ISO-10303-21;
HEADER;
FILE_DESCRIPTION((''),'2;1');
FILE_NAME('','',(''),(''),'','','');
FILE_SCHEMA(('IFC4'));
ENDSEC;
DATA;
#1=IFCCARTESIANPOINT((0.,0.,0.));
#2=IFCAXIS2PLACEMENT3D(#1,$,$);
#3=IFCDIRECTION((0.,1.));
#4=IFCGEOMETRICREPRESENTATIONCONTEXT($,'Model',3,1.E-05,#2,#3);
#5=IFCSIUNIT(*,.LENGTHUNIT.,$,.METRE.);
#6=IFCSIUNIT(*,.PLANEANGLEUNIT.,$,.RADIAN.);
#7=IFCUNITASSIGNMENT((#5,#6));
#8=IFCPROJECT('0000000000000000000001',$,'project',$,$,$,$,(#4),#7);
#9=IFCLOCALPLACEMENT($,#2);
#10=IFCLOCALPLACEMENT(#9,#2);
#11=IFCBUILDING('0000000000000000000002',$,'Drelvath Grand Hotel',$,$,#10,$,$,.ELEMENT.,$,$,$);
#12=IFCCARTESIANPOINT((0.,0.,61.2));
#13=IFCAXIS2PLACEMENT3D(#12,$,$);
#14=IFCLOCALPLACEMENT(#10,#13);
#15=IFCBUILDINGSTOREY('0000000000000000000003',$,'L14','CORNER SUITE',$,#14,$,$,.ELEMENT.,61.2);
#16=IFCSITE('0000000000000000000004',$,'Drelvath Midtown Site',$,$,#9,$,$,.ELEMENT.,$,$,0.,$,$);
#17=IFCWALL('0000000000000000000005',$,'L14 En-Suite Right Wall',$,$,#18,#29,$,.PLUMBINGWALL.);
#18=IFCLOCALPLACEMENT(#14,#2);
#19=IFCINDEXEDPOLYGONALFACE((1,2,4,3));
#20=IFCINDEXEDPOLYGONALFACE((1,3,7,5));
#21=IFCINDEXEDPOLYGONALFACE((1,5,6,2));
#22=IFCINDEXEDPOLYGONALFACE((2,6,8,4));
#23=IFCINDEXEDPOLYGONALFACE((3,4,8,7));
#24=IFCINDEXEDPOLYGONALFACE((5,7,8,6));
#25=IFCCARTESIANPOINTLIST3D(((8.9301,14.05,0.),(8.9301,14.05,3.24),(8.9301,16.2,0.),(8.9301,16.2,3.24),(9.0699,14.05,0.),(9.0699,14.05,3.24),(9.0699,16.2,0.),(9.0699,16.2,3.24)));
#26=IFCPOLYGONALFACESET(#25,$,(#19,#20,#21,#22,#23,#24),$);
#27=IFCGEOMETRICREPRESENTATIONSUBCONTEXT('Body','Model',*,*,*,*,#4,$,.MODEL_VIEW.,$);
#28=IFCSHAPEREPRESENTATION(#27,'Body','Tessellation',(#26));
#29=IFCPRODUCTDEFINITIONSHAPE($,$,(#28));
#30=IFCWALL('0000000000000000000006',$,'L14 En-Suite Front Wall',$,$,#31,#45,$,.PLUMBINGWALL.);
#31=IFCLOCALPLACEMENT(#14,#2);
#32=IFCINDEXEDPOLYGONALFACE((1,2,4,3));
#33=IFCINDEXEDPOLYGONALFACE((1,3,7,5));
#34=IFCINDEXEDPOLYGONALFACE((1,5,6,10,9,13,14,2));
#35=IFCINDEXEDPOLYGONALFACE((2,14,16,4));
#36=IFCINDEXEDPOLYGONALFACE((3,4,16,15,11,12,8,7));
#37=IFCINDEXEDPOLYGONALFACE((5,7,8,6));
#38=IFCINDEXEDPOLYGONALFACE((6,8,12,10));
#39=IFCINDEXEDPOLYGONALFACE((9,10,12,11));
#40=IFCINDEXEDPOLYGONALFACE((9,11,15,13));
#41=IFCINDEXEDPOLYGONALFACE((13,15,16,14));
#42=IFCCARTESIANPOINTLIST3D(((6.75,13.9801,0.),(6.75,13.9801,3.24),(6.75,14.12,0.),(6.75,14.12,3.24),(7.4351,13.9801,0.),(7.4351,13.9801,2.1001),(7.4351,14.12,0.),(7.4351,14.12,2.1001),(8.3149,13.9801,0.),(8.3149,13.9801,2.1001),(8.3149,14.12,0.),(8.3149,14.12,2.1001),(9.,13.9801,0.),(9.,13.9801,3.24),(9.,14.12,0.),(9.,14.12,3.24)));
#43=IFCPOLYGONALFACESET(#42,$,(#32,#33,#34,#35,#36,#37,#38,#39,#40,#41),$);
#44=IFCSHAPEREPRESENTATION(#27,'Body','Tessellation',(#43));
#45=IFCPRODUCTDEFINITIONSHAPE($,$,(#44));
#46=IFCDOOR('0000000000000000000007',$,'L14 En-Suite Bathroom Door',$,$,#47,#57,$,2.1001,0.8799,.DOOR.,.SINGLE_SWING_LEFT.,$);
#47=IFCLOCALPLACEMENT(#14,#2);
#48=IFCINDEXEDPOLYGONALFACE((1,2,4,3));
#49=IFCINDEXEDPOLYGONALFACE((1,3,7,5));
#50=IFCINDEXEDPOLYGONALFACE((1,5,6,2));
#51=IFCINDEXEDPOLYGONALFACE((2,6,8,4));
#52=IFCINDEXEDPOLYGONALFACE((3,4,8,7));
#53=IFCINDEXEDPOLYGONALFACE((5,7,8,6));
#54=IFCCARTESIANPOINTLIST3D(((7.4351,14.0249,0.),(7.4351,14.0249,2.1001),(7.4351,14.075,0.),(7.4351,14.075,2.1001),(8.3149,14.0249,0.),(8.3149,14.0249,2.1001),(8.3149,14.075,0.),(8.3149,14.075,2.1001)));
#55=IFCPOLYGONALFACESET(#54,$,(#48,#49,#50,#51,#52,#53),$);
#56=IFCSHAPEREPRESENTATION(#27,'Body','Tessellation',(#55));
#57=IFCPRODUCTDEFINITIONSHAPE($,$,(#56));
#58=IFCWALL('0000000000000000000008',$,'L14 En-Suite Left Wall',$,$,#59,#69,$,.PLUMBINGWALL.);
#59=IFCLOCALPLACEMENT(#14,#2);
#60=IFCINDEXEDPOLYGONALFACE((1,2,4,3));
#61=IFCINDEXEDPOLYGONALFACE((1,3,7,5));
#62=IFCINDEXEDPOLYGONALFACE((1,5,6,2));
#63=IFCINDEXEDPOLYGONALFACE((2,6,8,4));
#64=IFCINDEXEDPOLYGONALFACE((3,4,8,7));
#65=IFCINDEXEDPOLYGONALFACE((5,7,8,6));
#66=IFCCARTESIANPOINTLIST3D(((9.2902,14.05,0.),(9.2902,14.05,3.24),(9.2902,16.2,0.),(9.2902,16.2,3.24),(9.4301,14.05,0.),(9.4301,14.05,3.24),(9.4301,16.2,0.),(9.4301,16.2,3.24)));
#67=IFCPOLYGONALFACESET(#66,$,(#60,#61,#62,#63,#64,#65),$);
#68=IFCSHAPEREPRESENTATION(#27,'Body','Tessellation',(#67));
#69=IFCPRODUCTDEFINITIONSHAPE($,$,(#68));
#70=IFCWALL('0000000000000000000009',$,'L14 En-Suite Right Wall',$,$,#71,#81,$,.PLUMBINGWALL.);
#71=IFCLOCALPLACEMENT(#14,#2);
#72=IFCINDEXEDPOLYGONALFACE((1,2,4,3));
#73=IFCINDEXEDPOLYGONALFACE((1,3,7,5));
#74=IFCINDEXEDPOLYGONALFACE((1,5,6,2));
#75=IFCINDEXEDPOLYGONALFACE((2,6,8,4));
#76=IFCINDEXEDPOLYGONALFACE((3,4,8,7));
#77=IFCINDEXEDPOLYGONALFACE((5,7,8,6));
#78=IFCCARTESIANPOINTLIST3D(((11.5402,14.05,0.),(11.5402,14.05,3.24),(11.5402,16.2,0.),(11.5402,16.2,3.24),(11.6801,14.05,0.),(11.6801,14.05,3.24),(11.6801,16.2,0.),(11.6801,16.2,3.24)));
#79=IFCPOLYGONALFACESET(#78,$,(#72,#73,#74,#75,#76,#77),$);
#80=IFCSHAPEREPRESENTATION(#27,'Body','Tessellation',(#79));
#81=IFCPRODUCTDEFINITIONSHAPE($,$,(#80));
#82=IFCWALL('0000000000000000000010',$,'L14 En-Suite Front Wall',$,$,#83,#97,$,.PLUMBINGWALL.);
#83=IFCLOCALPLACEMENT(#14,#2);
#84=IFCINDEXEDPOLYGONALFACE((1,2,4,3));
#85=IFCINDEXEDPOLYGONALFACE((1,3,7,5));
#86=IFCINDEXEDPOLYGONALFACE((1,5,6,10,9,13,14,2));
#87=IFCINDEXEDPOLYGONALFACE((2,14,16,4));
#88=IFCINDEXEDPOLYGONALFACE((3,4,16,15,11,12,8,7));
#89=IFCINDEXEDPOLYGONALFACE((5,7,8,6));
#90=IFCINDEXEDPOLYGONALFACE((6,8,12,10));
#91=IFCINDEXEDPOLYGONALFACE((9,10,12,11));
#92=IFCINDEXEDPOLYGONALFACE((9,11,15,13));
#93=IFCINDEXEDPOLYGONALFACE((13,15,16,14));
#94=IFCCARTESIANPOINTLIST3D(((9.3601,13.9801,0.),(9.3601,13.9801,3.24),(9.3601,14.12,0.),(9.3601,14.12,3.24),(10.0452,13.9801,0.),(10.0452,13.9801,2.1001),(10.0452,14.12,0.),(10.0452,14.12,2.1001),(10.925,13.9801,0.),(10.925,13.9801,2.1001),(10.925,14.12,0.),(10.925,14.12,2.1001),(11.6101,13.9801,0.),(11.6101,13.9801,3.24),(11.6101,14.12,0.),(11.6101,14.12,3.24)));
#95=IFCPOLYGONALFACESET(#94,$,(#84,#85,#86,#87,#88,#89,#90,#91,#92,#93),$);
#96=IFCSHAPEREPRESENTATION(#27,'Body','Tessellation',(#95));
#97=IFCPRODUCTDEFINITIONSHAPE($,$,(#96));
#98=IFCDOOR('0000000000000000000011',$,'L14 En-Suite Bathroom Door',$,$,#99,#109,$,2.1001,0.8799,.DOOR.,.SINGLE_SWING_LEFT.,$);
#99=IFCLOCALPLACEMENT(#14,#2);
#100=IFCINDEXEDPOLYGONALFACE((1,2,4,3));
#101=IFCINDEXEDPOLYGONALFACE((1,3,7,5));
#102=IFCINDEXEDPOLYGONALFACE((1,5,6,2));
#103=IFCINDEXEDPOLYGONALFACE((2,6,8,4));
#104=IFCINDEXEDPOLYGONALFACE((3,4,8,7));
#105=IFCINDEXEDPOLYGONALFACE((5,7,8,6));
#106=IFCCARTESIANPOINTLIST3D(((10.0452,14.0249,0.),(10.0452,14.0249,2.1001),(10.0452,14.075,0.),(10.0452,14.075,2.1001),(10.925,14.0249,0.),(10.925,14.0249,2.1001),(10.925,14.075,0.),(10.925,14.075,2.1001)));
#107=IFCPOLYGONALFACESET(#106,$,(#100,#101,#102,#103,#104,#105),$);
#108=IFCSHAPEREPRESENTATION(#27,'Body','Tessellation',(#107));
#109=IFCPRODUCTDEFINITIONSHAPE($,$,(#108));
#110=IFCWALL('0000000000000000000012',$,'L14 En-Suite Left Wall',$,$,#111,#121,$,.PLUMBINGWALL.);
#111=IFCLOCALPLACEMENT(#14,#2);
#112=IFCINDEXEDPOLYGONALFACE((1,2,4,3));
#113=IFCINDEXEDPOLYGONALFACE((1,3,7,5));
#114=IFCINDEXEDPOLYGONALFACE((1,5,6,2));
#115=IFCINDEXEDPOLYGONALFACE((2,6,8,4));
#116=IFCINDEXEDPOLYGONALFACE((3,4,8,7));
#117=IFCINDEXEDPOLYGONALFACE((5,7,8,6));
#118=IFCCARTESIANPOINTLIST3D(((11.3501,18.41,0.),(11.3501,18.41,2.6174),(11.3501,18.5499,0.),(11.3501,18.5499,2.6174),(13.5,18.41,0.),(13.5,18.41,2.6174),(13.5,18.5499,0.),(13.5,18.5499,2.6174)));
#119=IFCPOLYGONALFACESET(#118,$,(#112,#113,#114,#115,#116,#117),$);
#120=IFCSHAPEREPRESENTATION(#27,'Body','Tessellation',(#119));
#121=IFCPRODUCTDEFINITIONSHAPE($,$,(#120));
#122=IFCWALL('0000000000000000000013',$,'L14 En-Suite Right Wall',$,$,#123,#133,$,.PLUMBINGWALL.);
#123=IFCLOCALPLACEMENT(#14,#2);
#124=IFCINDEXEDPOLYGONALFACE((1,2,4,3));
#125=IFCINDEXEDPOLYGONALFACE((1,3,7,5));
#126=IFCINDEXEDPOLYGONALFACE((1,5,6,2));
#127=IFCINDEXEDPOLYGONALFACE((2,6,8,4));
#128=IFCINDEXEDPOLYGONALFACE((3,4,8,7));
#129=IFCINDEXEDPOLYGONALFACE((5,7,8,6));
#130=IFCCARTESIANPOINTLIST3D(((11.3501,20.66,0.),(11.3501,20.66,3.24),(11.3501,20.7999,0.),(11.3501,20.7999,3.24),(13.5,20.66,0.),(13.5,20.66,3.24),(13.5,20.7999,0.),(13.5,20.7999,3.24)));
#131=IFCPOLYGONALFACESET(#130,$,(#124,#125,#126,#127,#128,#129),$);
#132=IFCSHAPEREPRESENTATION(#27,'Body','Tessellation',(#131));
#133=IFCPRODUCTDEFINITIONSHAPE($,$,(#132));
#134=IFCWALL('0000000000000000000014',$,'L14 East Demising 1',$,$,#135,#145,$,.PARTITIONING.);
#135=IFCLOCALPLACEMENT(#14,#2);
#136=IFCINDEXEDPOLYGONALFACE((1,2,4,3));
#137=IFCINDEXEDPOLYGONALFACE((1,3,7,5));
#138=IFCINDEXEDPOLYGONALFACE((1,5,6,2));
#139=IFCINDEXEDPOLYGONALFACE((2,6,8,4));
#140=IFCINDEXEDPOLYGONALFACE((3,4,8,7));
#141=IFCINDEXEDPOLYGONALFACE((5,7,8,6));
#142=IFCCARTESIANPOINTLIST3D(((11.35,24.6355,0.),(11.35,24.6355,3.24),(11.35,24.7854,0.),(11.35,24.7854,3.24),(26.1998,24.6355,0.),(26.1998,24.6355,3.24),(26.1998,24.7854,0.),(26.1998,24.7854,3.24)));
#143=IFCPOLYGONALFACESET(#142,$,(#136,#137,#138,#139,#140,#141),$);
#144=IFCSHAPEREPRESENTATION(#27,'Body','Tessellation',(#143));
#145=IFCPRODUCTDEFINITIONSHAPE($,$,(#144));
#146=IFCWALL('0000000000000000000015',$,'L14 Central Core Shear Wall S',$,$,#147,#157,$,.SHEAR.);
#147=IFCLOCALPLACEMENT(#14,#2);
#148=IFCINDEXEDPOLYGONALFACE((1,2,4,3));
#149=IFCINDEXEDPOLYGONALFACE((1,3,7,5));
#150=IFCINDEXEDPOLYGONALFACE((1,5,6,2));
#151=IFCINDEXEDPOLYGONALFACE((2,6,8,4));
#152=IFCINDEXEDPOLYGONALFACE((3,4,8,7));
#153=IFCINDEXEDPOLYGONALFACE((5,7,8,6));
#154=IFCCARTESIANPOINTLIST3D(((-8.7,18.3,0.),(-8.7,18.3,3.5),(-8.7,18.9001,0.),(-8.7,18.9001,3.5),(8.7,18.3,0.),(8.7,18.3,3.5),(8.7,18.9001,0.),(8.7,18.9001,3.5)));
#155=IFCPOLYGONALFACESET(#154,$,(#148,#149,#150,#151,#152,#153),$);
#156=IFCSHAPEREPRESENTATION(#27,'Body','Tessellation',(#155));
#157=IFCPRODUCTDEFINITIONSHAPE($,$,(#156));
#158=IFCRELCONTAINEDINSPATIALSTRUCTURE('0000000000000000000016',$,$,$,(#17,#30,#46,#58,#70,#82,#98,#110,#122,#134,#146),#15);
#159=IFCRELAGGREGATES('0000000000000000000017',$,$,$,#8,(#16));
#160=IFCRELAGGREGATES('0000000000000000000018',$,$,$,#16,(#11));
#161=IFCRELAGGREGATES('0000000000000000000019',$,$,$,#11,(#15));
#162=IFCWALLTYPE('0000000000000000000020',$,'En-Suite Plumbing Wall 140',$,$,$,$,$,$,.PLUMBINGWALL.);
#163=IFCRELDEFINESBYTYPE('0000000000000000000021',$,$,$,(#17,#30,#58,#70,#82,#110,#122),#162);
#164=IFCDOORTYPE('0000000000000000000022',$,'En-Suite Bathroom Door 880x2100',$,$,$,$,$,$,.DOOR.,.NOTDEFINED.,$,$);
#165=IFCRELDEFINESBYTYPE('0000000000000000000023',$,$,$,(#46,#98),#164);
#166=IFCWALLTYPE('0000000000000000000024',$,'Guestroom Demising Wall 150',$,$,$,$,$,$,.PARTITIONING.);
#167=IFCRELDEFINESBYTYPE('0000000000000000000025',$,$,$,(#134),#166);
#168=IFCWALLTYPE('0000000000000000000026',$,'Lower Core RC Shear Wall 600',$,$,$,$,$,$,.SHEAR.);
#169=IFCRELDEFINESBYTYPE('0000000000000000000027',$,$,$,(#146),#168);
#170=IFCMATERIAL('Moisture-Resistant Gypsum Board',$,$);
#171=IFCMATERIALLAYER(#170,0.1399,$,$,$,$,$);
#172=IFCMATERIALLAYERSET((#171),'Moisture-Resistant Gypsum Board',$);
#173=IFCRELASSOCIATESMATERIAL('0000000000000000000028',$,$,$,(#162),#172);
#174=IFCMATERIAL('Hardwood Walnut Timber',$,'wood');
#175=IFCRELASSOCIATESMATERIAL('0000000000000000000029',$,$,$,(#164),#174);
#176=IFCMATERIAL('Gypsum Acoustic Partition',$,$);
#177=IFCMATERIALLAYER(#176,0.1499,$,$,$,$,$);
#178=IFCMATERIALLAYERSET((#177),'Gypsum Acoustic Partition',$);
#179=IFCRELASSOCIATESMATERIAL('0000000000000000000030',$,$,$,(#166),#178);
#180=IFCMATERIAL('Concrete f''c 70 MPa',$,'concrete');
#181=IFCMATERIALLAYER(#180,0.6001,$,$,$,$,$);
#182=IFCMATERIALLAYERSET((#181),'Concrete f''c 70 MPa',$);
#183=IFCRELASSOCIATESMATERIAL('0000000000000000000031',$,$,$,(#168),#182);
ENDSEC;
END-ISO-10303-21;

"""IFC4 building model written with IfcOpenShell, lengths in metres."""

from ifc_helpers import new_model, si_unit, direction, frame, frame_2d, origin, place, context, subcontext, project, spatial, rectangle, extrude, material, layer, layer_set, type_object, element, fill, save


model = new_model("IFC4")

# Units and contexts
model_context = context("Model", 3, precision=1e-05, world=origin(), true_north=direction((0.0, 1.0)))
body_context = subcontext(model_context, "Body", "Model", "MODEL_VIEW")
ifc_project = project(units=[si_unit("LENGTHUNIT", "METRE"), si_unit("PLANEANGLEUNIT", "RADIAN")], contexts=[model_context])

# Site, building, storey
site_placement = place(None, origin())
site = spatial("IfcSite", under=ifc_project, at=site_placement, Name="Drelvath Midtown Site", CompositionType="ELEMENT", RefElevation=0.0)
building_placement = place(site_placement, origin())
building = spatial("IfcBuilding", under=site, at=building_placement, Name="Drelvath Grand Hotel", CompositionType="ELEMENT")
storey_placement = place(building_placement, frame((0.0, 0.0, 61.2)))
storey = spatial("IfcBuildingStorey", under=building, at=storey_placement, Name="L14", Description="CORNER SUITE", CompositionType="ELEMENT", Elevation=61.2)

# Shared definitions
ifc_material_1 = material(Name="Concrete f'c 70 MPa", Category="concrete")

# Shared definitions
ifc_material_2 = material(Name="Hardwood Walnut Timber", Category="wood")

# Wall
ifc_material_3 = material(Name="Moisture-Resistant Gypsum Board")
ifc_layer_1 = layer(ifc_material_3, 0.1399)
ifc_layer_set_1 = layer_set([ifc_layer_1], Name="Moisture-Resistant Gypsum Board")
wall_type_1 = type_object("IfcWallType", Name="En-Suite Plumbing Wall 140", PredefinedType="PLUMBINGWALL", material=ifc_layer_set_1)
for number, where, z_axis, x_axis, name in (
    (1, (9.0, 16.2, 0.0), (0.0, 0.0, 1.0), (0.0, -1.0, 0.0), "L14 En-Suite Right Wall"),
):
    element("IfcWall", number, at=place(storey_placement, frame(where, z_axis=z_axis, x_axis=x_axis)), inside=storey, type_object=wall_type_1, Name=name, PredefinedType="PLUMBINGWALL", context=body_context, shape_type="SweptSolid", body=[
        extrude(rectangle(XDim=2.1499, YDim=0.1399, at=frame_2d((1.075, 0.0))), origin(), (0.0, 0.0, 1.0), 3.24),
    ])

# Wall, opening, door
wall_1_placement = place(storey_placement, frame((6.75, 14.05, 0.0), z_axis=(0.0, 0.0, 1.0), x_axis=(1.0, 0.0, 0.0)))
wall_1 = element("IfcWall", 2, at=wall_1_placement, inside=storey, type_object=wall_type_1, Name="L14 En-Suite Front Wall", PredefinedType="PLUMBINGWALL", context=body_context, shape_type="SweptSolid", body=[
    extrude(rectangle(XDim=2.25, YDim=0.1399, at=frame_2d((1.125, 0.0))), origin(), (0.0, 0.0, 1.0), 3.24),
])
opening_1_placement = place(wall_1_placement, frame((0.6851, 0.0, 0.0)))
opening_1 = element("IfcOpeningElement", 3, at=opening_1_placement, cuts=wall_1, PredefinedType="OPENING", context=body_context, shape_type="SweptSolid", body=[
    extrude(rectangle(XDim=0.8799, YDim=2.1001, at=frame_2d((0.4399, 1.05))), frame((0.0, 0.0798, 0.0), z_axis=(0.0, -1.0, 0.0), x_axis=(1.0, 0.0, 0.0)), (0.0, 0.0, 1.0), 0.1599),
])
door_type_1 = type_object("IfcDoorType", Name="En-Suite Bathroom Door 880x2100", OperationType="NOTDEFINED", PredefinedType="DOOR", material=ifc_material_2)
door_1_placement = place(opening_1_placement, origin())
door_1 = element("IfcDoor", 4, at=door_1_placement, inside=storey, type_object=door_type_1, Name="L14 En-Suite Bathroom Door", OperationType="SINGLE_SWING_LEFT", OverallHeight=2.1001, OverallWidth=0.8799, PredefinedType="DOOR", context=body_context, shape_type="SweptSolid", body=[
    extrude(rectangle(XDim=0.8799, YDim=2.1001, at=frame_2d((0.4399, 1.05))), frame((0.0, 0.0249, 0.0), z_axis=(0.0, -1.0, 0.0), x_axis=(1.0, 0.0, 0.0)), (0.0, 0.0, 1.0), 0.05),
])
fill(opening_1, door_1)

# Walls
for number, where, z_axis, x_axis, name in (
    (5, (9.3601, 16.2, 0.0), (0.0, 0.0, 1.0), (0.0, -1.0, 0.0), "L14 En-Suite Left Wall"),
    (6, (11.6101, 16.2, 0.0), (0.0, 0.0, 1.0), (0.0, -1.0, 0.0), "L14 En-Suite Right Wall"),
):
    element("IfcWall", number, at=place(storey_placement, frame(where, z_axis=z_axis, x_axis=x_axis)), inside=storey, type_object=wall_type_1, Name=name, PredefinedType="PLUMBINGWALL", context=body_context, shape_type="SweptSolid", body=[
        extrude(rectangle(XDim=2.1499, YDim=0.1399, at=frame_2d((1.075, 0.0))), origin(), (0.0, 0.0, 1.0), 3.24),
    ])

# Wall, opening, door
wall_2_placement = place(storey_placement, frame((9.3601, 14.05, 0.0), z_axis=(0.0, 0.0, 1.0), x_axis=(1.0, 0.0, 0.0)))
wall_2 = element("IfcWall", 7, at=wall_2_placement, inside=storey, type_object=wall_type_1, Name="L14 En-Suite Front Wall", PredefinedType="PLUMBINGWALL", context=body_context, shape_type="SweptSolid", body=[
    extrude(rectangle(XDim=2.25, YDim=0.1399, at=frame_2d((1.125, 0.0))), origin(), (0.0, 0.0, 1.0), 3.24),
])
opening_2_placement = place(wall_2_placement, frame((0.6851, 0.0, 0.0)))
opening_2 = element("IfcOpeningElement", 8, at=opening_2_placement, cuts=wall_2, PredefinedType="OPENING", context=body_context, shape_type="SweptSolid", body=[
    extrude(rectangle(XDim=0.8799, YDim=2.1001, at=frame_2d((0.4399, 1.05))), frame((0.0, 0.0798, 0.0), z_axis=(0.0, -1.0, 0.0), x_axis=(1.0, 0.0, 0.0)), (0.0, 0.0, 1.0), 0.1599),
])
door_2_placement = place(opening_2_placement, origin())
door_2 = element("IfcDoor", 9, at=door_2_placement, inside=storey, type_object=door_type_1, Name="L14 En-Suite Bathroom Door", OperationType="SINGLE_SWING_LEFT", OverallHeight=2.1001, OverallWidth=0.8799, PredefinedType="DOOR", context=body_context, shape_type="SweptSolid", body=[
    extrude(rectangle(XDim=0.8799, YDim=2.1001, at=frame_2d((0.4399, 1.05))), frame((0.0, 0.0249, 0.0), z_axis=(0.0, -1.0, 0.0), x_axis=(1.0, 0.0, 0.0)), (0.0, 0.0, 1.0), 0.05),
])
fill(opening_2, door_2)

# Walls
wall_3_placement = place(storey_placement, frame((11.3501, 18.48, 0.0), z_axis=(0.0, 0.0, 1.0), x_axis=(1.0, 0.0, 0.0)))
element("IfcWall", 10, at=wall_3_placement, inside=storey, type_object=wall_type_1, Name="L14 En-Suite Left Wall", PredefinedType="PLUMBINGWALL", context=body_context, shape_type="SweptSolid", body=[
    extrude(rectangle(XDim=2.1499, YDim=0.1399, at=frame_2d((1.075, 0.0))), origin(), (0.0, 0.0, 1.0), 2.6174),
])
wall_4_placement = place(storey_placement, frame((11.3501, 20.73, 0.0), z_axis=(0.0, 0.0, 1.0), x_axis=(1.0, 0.0, 0.0)))
element("IfcWall", 11, at=wall_4_placement, inside=storey, type_object=wall_type_1, Name="L14 En-Suite Right Wall", PredefinedType="PLUMBINGWALL", context=body_context, shape_type="SweptSolid", body=[
    extrude(rectangle(XDim=2.1499, YDim=0.1399, at=frame_2d((1.075, 0.0))), origin(), (0.0, 0.0, 1.0), 3.24),
])
ifc_material_4 = material(Name="Gypsum Acoustic Partition")
ifc_layer_2 = layer(ifc_material_4, 0.1499)
ifc_layer_set_2 = layer_set([ifc_layer_2], Name="Gypsum Acoustic Partition")
wall_type_2 = type_object("IfcWallType", Name="Guestroom Demising Wall 150", PredefinedType="PARTITIONING", material=ifc_layer_set_2)
wall_5_placement = place(storey_placement, frame((11.3501, 24.7104, 0.0), z_axis=(0.0, 0.0, 1.0), x_axis=(1.0, 0.0, 0.0)))
element("IfcWall", 12, at=wall_5_placement, inside=storey, type_object=wall_type_2, Name="L14 East Demising 1", PredefinedType="PARTITIONING", context=body_context, shape_type="SweptSolid", body=[
    extrude(rectangle(XDim=14.8499, YDim=0.1499, at=frame_2d((7.4248, 0.0))), origin(), (0.0, 0.0, 1.0), 3.24),
])
ifc_layer_3 = layer(ifc_material_1, 0.6001)
ifc_layer_set_3 = layer_set([ifc_layer_3], Name="Concrete f'c 70 MPa")
wall_type_3 = type_object("IfcWallType", Name="Lower Core RC Shear Wall 600", PredefinedType="SHEAR", material=ifc_layer_set_3)
wall_6_placement = place(storey_placement, frame((8.7, 18.6001, 0.0), z_axis=(0.0, 0.0, 1.0), x_axis=(-1.0, 0.0, 0.0)))
element("IfcWall", 13, at=wall_6_placement, inside=storey, type_object=wall_type_3, Name="L14 Central Core Shear Wall S", PredefinedType="SHEAR", context=body_context, shape_type="SweptSolid", body=[
    extrude(rectangle(XDim=17.3999, YDim=0.6001, at=frame_2d((8.7, 0.0))), origin(), (0.0, 0.0, 1.0), 3.5),
])

save(model, "model.ifc")
